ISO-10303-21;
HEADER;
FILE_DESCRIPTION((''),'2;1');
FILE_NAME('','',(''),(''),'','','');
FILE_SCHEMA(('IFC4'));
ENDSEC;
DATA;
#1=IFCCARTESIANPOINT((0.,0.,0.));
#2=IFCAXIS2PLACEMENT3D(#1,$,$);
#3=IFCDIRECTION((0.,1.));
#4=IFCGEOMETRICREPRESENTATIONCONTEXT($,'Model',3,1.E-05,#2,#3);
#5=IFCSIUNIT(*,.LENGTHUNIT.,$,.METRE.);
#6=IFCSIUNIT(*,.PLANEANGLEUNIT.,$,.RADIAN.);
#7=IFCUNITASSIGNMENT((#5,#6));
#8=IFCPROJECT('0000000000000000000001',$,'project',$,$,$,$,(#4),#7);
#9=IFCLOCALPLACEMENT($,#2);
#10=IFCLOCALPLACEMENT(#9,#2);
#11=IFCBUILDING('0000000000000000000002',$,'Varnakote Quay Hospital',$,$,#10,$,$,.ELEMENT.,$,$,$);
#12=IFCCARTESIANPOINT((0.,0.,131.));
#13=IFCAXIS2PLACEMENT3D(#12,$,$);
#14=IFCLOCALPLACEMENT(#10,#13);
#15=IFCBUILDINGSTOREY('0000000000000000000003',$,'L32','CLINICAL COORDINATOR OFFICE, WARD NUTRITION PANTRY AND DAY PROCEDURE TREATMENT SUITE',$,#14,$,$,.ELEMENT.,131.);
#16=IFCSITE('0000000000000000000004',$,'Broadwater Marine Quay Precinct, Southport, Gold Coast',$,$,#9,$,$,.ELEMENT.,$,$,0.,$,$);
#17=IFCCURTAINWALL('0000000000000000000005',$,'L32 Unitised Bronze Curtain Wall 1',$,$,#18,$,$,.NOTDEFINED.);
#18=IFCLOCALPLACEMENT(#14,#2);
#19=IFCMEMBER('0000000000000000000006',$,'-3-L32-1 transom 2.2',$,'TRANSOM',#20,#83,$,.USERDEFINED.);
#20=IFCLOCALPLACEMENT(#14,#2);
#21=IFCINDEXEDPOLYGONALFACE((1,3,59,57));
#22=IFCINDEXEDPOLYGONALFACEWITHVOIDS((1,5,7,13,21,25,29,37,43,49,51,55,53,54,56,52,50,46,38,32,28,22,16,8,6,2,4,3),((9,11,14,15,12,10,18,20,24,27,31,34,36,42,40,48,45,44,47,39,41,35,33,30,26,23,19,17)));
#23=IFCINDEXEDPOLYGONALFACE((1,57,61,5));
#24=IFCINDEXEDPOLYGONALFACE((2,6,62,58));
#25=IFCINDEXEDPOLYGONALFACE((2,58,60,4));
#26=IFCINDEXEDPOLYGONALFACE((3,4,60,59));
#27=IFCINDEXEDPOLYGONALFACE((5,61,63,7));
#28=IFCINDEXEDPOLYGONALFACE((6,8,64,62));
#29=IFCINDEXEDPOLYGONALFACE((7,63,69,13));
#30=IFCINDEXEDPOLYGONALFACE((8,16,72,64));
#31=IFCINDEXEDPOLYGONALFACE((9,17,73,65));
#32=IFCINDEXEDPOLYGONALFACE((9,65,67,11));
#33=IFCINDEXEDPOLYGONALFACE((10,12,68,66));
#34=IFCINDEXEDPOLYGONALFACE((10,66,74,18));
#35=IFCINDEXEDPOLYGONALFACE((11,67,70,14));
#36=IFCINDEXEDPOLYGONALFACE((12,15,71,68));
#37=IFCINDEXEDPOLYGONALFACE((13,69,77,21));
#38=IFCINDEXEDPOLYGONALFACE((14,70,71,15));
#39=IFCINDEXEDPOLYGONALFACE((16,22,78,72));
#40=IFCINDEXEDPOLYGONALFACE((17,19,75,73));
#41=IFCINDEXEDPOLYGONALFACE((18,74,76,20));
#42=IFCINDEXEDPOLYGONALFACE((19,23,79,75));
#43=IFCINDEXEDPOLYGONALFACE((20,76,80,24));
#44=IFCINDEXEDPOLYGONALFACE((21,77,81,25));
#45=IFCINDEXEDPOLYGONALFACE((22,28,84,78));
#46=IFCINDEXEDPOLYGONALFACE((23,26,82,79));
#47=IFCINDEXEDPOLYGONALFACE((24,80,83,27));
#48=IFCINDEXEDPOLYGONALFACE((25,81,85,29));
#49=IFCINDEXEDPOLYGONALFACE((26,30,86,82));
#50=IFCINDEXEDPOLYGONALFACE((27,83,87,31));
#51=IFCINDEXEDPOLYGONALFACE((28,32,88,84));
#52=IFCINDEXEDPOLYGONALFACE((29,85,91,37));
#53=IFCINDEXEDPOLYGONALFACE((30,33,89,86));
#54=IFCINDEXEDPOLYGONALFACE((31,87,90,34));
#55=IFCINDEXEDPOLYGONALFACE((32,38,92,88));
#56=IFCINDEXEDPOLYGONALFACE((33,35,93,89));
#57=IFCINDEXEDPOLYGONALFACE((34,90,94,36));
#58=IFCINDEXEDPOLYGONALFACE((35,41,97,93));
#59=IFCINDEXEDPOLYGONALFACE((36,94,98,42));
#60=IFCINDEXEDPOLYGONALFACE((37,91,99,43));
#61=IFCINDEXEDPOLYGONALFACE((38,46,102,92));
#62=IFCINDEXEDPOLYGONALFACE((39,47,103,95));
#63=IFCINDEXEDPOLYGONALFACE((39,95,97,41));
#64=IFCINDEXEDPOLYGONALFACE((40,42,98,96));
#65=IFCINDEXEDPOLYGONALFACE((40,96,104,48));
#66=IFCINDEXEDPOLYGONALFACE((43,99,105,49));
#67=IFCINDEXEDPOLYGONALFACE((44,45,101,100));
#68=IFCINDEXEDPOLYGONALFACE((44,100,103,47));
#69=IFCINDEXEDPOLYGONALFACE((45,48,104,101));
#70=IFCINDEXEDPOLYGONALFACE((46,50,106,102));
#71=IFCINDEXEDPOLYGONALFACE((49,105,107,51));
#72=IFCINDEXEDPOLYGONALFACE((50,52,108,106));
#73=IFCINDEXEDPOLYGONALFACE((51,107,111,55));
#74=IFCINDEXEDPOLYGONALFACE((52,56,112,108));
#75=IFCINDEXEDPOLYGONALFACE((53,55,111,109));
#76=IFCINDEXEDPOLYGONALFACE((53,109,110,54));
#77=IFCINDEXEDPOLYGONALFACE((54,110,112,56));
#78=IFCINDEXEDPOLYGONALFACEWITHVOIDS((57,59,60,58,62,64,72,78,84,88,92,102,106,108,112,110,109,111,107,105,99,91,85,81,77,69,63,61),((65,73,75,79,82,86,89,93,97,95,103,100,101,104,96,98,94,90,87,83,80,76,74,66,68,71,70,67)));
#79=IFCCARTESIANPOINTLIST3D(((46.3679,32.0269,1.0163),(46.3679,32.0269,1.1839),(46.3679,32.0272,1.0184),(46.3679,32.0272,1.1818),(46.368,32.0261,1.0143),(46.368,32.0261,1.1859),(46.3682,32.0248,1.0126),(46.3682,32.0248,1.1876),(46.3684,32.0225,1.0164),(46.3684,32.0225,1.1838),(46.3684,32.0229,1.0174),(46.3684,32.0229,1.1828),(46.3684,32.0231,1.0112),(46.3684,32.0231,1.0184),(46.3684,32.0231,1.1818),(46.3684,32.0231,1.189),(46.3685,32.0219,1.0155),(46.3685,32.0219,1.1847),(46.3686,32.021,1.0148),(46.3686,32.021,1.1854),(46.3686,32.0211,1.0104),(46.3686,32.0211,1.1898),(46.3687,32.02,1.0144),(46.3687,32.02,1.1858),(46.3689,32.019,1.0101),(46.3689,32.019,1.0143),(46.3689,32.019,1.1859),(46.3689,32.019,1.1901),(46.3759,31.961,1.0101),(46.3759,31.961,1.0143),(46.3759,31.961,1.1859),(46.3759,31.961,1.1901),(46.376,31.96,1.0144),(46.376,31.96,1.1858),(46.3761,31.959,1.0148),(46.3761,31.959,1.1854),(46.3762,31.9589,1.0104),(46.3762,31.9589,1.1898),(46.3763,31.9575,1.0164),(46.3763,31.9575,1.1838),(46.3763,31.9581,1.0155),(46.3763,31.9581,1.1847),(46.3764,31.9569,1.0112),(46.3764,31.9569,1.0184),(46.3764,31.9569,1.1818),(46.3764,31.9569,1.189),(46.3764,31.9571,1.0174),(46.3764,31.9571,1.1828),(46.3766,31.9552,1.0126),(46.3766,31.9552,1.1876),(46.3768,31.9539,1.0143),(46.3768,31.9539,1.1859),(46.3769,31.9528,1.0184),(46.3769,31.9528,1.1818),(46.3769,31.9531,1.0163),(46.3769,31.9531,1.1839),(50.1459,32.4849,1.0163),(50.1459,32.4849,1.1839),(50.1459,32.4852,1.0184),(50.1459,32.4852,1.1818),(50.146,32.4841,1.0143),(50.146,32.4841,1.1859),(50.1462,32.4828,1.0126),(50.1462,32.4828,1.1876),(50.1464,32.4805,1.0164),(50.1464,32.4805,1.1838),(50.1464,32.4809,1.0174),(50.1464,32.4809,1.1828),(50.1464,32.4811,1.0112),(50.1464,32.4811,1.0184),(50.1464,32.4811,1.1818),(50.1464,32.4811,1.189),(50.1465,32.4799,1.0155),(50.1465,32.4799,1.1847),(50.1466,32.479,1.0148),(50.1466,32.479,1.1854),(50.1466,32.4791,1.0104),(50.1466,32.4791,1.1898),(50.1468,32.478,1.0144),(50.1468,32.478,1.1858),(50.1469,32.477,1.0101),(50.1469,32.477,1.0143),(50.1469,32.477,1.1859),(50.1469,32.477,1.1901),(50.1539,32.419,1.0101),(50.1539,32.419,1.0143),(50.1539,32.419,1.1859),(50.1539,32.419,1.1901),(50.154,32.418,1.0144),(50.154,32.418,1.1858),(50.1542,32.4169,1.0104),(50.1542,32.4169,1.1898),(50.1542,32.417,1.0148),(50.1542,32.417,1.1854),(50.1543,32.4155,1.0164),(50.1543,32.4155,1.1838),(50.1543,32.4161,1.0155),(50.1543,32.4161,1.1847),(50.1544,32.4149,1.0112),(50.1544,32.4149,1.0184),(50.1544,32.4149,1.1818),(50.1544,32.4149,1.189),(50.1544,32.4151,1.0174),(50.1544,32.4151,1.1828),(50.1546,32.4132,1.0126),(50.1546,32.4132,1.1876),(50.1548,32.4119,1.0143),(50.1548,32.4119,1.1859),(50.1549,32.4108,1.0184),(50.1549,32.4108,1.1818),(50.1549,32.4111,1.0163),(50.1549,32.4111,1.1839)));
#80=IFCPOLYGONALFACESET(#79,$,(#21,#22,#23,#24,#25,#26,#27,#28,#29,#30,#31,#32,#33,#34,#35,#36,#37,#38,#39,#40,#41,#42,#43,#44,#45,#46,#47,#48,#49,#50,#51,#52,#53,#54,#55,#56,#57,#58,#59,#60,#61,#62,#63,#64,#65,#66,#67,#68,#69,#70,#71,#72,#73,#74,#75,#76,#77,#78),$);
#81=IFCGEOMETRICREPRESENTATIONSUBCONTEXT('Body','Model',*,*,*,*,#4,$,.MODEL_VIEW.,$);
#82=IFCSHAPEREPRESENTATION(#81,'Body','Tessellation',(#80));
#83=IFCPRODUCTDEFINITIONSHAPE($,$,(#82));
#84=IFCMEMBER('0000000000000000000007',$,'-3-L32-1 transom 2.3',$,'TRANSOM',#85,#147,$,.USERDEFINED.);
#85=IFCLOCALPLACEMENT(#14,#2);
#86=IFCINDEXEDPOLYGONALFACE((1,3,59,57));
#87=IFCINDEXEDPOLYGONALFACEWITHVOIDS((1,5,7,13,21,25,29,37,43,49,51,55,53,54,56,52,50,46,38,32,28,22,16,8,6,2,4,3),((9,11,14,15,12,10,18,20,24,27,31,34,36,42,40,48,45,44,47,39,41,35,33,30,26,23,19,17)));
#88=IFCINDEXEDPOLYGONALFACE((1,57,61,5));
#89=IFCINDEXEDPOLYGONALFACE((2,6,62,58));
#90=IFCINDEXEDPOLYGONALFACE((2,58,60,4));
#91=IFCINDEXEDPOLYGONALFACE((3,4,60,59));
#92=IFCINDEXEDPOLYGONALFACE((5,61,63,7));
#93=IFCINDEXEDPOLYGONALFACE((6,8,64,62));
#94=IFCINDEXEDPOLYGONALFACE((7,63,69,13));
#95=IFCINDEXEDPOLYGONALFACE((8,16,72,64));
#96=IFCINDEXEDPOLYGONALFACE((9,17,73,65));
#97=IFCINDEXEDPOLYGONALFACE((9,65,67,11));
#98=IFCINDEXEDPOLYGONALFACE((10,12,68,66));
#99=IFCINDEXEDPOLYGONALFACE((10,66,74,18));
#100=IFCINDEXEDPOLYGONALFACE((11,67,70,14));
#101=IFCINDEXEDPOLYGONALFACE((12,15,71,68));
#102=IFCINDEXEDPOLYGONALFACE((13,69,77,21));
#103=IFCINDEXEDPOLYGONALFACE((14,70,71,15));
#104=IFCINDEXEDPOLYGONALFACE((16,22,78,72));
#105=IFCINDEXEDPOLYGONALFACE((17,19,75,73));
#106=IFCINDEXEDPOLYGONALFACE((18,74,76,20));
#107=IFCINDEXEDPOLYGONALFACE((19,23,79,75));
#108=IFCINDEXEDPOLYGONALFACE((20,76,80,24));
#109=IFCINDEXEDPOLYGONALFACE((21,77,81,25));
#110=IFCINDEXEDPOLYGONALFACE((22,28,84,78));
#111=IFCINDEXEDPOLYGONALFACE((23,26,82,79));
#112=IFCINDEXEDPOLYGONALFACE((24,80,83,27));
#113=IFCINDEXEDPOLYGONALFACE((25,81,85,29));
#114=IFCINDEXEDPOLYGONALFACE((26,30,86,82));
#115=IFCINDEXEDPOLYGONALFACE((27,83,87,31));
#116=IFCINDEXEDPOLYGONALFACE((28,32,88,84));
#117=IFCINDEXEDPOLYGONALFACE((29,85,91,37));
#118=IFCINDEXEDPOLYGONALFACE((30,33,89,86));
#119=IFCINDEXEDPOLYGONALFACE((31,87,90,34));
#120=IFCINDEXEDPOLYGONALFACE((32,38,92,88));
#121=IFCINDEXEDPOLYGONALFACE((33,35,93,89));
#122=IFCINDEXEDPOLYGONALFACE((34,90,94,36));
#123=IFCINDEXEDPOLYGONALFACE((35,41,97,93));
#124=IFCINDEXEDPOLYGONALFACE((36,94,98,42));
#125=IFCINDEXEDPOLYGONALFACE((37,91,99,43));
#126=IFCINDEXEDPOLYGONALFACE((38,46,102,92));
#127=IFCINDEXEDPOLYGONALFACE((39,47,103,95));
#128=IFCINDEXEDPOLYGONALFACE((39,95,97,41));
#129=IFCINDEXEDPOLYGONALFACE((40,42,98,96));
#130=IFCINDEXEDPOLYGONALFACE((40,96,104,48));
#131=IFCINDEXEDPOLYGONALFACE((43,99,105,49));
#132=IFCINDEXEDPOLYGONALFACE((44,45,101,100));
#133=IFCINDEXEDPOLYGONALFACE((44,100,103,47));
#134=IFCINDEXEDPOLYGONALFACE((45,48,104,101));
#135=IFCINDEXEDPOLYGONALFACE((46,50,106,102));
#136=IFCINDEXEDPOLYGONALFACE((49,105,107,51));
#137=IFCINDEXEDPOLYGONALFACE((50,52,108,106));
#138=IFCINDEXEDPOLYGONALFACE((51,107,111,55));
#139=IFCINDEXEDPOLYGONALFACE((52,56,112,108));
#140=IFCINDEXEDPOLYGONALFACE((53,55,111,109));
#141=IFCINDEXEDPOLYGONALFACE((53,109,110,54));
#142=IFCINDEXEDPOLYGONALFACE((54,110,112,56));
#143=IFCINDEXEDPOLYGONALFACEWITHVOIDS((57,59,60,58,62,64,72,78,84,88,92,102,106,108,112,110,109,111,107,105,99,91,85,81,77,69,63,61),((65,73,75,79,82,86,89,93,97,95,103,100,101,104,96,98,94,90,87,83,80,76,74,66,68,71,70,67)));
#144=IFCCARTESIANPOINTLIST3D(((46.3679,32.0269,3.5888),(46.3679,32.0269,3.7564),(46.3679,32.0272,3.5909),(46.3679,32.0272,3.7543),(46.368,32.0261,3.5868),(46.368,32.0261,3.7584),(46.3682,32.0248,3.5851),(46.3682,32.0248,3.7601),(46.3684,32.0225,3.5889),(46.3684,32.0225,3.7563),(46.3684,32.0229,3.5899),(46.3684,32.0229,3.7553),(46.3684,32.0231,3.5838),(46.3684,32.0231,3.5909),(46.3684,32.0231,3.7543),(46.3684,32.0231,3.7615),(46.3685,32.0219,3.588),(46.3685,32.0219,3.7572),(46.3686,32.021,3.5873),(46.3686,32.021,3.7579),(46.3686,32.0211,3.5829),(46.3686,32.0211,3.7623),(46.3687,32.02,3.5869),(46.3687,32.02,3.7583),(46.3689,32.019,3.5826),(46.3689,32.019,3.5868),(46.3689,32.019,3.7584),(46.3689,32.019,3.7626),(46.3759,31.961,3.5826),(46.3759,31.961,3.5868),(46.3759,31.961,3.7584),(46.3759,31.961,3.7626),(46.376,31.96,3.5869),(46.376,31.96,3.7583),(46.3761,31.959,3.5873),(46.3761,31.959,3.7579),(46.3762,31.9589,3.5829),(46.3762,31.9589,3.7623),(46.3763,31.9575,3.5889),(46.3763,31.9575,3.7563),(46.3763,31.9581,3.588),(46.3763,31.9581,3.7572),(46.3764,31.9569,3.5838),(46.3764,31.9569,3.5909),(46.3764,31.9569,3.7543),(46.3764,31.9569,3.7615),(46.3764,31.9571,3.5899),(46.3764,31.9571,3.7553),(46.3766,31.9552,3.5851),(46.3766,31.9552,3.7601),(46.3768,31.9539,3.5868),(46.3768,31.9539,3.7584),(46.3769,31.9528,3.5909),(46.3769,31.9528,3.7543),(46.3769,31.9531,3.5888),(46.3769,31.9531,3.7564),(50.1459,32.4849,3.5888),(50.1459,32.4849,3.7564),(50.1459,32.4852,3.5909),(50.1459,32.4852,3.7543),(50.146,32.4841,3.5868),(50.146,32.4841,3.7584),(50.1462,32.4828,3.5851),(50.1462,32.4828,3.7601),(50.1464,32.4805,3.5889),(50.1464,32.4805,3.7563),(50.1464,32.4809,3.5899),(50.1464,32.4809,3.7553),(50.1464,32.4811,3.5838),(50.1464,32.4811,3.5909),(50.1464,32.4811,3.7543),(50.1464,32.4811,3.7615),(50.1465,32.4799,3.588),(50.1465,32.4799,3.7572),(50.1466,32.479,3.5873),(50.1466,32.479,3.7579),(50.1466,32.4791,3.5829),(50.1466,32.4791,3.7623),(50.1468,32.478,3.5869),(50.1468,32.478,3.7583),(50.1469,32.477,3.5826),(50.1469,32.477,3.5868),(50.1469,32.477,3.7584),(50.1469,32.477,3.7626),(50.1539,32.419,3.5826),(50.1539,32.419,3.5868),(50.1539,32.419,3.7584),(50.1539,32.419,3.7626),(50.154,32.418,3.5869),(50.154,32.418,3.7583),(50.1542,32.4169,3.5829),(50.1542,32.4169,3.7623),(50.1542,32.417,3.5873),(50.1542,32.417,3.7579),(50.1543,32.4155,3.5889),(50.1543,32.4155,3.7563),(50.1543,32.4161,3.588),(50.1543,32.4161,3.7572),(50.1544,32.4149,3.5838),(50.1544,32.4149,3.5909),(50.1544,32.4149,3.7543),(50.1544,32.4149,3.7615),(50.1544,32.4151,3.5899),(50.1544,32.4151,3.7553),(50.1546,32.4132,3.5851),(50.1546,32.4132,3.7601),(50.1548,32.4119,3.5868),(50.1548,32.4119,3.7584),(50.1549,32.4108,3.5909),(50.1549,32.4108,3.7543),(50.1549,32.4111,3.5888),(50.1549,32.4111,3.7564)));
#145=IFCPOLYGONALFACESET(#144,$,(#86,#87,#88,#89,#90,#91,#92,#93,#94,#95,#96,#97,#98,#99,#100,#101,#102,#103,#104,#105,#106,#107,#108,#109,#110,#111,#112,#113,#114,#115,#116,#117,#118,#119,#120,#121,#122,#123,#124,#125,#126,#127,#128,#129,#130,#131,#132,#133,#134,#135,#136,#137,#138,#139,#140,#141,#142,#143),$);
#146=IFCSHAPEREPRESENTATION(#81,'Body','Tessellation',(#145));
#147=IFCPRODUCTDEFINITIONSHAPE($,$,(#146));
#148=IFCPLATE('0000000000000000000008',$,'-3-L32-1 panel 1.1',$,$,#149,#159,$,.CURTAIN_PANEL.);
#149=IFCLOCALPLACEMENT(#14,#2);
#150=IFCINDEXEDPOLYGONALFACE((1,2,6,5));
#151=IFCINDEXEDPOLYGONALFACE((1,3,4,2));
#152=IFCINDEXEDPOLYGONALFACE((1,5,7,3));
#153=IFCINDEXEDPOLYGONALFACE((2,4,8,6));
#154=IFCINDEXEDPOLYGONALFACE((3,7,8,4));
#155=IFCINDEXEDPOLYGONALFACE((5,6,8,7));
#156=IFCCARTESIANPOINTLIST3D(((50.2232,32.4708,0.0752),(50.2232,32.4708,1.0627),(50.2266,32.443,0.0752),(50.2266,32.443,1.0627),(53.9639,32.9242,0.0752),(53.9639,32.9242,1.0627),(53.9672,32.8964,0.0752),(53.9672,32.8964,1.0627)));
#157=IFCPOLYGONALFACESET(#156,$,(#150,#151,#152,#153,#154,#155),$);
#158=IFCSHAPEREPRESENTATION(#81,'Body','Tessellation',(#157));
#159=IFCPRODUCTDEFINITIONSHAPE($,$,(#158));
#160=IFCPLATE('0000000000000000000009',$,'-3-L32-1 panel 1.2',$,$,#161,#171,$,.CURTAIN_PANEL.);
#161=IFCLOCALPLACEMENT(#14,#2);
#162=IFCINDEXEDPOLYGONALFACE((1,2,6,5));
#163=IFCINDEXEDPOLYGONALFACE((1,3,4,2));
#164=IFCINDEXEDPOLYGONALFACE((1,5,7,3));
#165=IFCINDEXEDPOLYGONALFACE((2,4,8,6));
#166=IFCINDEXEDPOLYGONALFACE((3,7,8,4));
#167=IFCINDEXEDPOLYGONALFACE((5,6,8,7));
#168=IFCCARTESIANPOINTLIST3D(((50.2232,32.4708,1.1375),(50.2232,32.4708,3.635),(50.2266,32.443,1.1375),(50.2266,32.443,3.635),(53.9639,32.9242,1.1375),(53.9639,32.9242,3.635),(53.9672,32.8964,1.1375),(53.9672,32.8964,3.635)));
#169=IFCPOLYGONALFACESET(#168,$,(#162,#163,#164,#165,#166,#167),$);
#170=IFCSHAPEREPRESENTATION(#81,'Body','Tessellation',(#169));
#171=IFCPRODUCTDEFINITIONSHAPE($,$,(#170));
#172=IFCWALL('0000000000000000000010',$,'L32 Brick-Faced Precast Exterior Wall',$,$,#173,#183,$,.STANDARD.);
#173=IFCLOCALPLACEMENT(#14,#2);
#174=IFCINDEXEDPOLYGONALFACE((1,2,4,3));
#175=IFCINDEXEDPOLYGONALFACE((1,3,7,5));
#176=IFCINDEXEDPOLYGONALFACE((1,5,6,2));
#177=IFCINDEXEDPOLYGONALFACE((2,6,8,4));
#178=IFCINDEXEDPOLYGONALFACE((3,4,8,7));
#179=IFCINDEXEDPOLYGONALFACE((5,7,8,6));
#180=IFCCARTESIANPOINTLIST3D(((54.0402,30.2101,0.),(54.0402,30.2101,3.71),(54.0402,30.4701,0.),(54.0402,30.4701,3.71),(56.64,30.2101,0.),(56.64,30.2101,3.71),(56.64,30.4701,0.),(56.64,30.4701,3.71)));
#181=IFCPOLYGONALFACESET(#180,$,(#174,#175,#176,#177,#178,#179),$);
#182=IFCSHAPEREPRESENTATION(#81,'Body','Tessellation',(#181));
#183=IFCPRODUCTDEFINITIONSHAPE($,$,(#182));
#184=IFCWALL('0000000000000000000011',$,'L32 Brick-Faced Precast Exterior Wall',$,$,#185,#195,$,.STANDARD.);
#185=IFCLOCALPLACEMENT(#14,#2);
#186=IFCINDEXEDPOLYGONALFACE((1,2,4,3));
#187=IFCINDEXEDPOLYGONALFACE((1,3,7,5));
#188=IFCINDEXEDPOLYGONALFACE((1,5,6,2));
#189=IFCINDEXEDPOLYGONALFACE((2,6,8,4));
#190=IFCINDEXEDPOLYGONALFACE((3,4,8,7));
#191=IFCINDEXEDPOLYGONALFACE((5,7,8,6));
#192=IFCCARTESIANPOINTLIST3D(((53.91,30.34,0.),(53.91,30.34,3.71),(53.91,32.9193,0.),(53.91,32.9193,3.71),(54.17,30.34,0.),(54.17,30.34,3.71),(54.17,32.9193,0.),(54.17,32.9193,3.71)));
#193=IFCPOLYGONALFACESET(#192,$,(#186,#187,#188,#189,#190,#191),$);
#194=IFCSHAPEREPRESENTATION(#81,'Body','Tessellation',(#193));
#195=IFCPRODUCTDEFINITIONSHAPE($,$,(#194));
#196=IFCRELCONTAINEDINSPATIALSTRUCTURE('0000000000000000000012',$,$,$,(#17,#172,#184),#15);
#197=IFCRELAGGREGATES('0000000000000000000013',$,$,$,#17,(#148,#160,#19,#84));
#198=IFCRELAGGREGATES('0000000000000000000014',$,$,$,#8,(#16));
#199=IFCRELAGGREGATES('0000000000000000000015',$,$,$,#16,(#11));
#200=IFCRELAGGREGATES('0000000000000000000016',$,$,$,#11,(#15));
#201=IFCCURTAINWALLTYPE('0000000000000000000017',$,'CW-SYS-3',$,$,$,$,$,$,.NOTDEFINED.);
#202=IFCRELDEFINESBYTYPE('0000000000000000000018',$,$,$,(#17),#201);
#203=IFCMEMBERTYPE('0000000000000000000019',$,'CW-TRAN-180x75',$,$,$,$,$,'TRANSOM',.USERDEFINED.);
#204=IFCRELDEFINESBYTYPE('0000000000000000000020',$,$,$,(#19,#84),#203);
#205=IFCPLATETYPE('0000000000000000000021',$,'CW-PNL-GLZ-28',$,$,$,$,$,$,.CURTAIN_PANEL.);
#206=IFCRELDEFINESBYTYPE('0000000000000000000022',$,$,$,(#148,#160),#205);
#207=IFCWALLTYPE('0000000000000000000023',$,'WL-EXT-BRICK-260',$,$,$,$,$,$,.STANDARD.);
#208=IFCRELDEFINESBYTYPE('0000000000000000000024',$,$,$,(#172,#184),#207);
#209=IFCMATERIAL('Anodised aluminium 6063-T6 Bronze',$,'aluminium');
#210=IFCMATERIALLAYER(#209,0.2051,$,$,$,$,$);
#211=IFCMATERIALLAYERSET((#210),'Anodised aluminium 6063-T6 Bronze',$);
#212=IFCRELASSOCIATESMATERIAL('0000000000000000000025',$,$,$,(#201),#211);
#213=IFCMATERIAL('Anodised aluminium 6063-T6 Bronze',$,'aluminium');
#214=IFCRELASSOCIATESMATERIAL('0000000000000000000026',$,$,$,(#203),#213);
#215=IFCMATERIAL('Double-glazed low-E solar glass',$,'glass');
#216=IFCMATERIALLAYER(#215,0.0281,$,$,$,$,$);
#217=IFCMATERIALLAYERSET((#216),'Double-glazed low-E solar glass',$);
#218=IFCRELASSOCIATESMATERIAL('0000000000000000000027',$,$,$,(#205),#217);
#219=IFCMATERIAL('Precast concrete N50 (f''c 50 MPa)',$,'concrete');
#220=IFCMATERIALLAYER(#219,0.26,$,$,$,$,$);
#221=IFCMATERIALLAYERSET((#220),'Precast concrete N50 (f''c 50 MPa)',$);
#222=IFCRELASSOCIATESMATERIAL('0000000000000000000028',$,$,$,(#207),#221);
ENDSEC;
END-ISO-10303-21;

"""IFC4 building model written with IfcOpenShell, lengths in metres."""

from ifc_helpers import new_model, si_unit, direction, frame, frame_2d, origin, origin_2d, place, context, subcontext, project, spatial, rectangle, hollow_rectangle, extrude, material, layer, layer_set, material_profile, profile_set, type_object, element, aggregate, save


model = new_model("IFC4")

# Units and contexts
model_context = context("Model", 3, precision=1e-05, world=origin(), true_north=direction((0.0, 1.0)))
body_context = subcontext(model_context, "Body", "Model", "MODEL_VIEW")
ifc_project = project(units=[si_unit("LENGTHUNIT", "METRE"), si_unit("PLANEANGLEUNIT", "RADIAN")], contexts=[model_context])

# Site, building, storey
site_placement = place(None, origin())
site = spatial("IfcSite", under=ifc_project, at=site_placement, Name="Broadwater Marine Quay Precinct, Southport, Gold Coast", CompositionType="ELEMENT", RefElevation=0.0)
building_placement = place(site_placement, origin())
building = spatial("IfcBuilding", under=site, at=building_placement, Name="Varnakote Quay Hospital", CompositionType="ELEMENT")
storey_placement = place(building_placement, frame((0.0, 0.0, 131.0)))
storey = spatial("IfcBuildingStorey", under=building, at=storey_placement, Name="L32", Description="CLINICAL COORDINATOR OFFICE, WARD NUTRITION PANTRY AND DAY PROCEDURE TREATMENT SUITE", CompositionType="ELEMENT", Elevation=131.0)

# Curtain wall, members, plates
ifc_material_1 = material(Name="Anodised aluminium 6063-T6 Bronze", Category="aluminium")
ifc_layer_1 = layer(ifc_material_1, 0.2051)
ifc_layer_set_1 = layer_set([ifc_layer_1], Name="Anodised aluminium 6063-T6 Bronze")
curtain_wall_type = type_object("IfcCurtainWallType", Name="CW-SYS-3", PredefinedType="NOTDEFINED", material=ifc_layer_set_1)
curtain_wall_placement = place(storey_placement, origin())
curtain_wall = element("IfcCurtainWall", 1, at=curtain_wall_placement, inside=storey, type_object=curtain_wall_type, Name="L32 Unitised Bronze Curtain Wall 1", PredefinedType="NOTDEFINED")
ifc_material_2 = material(Name="Anodised aluminium 6063-T6 Bronze", Category="aluminium")
ifc_material_profile_1 = material_profile(ifc_material_2, hollow_rectangle(XDim=0.075, YDim=0.1799, WallThickness=0.0042, InnerFilletRadius=0.0042, OuterFilletRadius=0.0083, at=origin_2d()), Name="CW-TRAN-180x75")
ifc_profile_set_1 = profile_set([ifc_material_profile_1], Name="Anodised aluminium 6063-T6 Bronze")
member_type_1 = type_object("IfcMemberType", Name="CW-TRAN-180x75", ElementType="TRANSOM", PredefinedType="USERDEFINED", material=ifc_profile_set_1)
member_1_placement = place(storey_placement, frame((50.1504, 32.448, 1.1001), z_axis=(-0.992732, -0.120347, 0.0), x_axis=(0.120347, -0.992732, 0.0)))
member_1 = element("IfcMember", 2, at=member_1_placement, type_object=member_type_1, Name="-3-L32-1 transom 2.2", ObjectType="TRANSOM", PredefinedType="USERDEFINED", context=body_context, shape_type="SweptSolid", body=[
    extrude(hollow_rectangle(XDim=0.075, YDim=0.1799, WallThickness=0.0042, InnerFilletRadius=0.0042, OuterFilletRadius=0.0083, at=origin_2d()), origin(), (0.0, 0.0, 1.0), 3.8057),
])
member_2_placement = place(storey_placement, frame((50.1504, 32.448, 3.6726), z_axis=(-0.992732, -0.120347, 0.0), x_axis=(0.120347, -0.992732, 0.0)))
member_2 = element("IfcMember", 3, at=member_2_placement, type_object=member_type_1, Name="-3-L32-1 transom 2.3", ObjectType="TRANSOM", PredefinedType="USERDEFINED", context=body_context, shape_type="SweptSolid", body=[
    extrude(hollow_rectangle(XDim=0.075, YDim=0.1799, WallThickness=0.0042, InnerFilletRadius=0.0042, OuterFilletRadius=0.0083, at=origin_2d()), origin(), (0.0, 0.0, 1.0), 3.8057),
])
ifc_material_3 = material(Name="Double-glazed low-E solar glass", Category="glass")
ifc_layer_2 = layer(ifc_material_3, 0.0281)
ifc_layer_set_2 = layer_set([ifc_layer_2], Name="Double-glazed low-E solar glass")
plate_type = type_object("IfcPlateType", Name="CW-PNL-GLZ-28", PredefinedType="CURTAIN_PANEL", material=ifc_layer_set_2)
plate_1_placement = place(storey_placement, frame((52.0952, 32.6836, 0.0752), z_axis=(0.0, 0.0, 1.0), x_axis=(-0.992734, -0.120327, 0.0)))
plate_1 = element("IfcPlate", 4, at=plate_1_placement, type_object=plate_type, Name="-3-L32-1 panel 1.1", PredefinedType="CURTAIN_PANEL", context=body_context, shape_type="SweptSolid", body=[
    extrude(rectangle(XDim=3.7681, YDim=0.0281, at=origin_2d()), origin(), (0.0, 0.0, 1.0), 0.9875),
])
plate_2_placement = place(storey_placement, frame((52.0952, 32.6836, 1.1375), z_axis=(0.0, 0.0, 1.0), x_axis=(-0.992734, -0.120327, 0.0)))
plate_2 = element("IfcPlate", 5, at=plate_2_placement, type_object=plate_type, Name="-3-L32-1 panel 1.2", PredefinedType="CURTAIN_PANEL", context=body_context, shape_type="SweptSolid", body=[
    extrude(rectangle(XDim=3.7681, YDim=0.0281, at=origin_2d()), origin(), (0.0, 0.0, 1.0), 2.4976),
])
aggregate(curtain_wall, [plate_1, plate_2, member_1, member_2])

# Walls
ifc_material_4 = material(Name="Precast concrete N50 (f'c 50 MPa)", Category="concrete")
ifc_layer_3 = layer(ifc_material_4, 0.26)
ifc_layer_set_3 = layer_set([ifc_layer_3], Name="Precast concrete N50 (f'c 50 MPa)")
wall_type_1 = type_object("IfcWallType", Name="WL-EXT-BRICK-260", PredefinedType="STANDARD", material=ifc_layer_set_3)
wall_1_placement = place(storey_placement, frame((56.6399, 30.3401, 0.0), z_axis=(0.0, 0.0, 1.0), x_axis=(-1.0, 0.0, 0.0)))
element("IfcWall", 6, at=wall_1_placement, inside=storey, type_object=wall_type_1, Name="L32 Brick-Faced Precast Exterior Wall", PredefinedType="STANDARD", context=body_context, shape_type="SweptSolid", body=[
    extrude(rectangle(XDim=2.5999, YDim=0.26, at=frame_2d((1.2998, 0.0))), origin(), (0.0, 0.0, 1.0), 3.71),
])
wall_2_placement = place(storey_placement, frame((54.04, 30.3401, 0.0), z_axis=(0.0, 0.0, 1.0), x_axis=(0.0, 1.0, 0.0)))
element("IfcWall", 7, at=wall_2_placement, inside=storey, type_object=wall_type_1, Name="L32 Brick-Faced Precast Exterior Wall", PredefinedType="STANDARD", context=body_context, shape_type="SweptSolid", body=[
    extrude(rectangle(XDim=2.5793, YDim=0.26, at=frame_2d((1.2896, 0.0))), origin(), (0.0, 0.0, 1.0), 3.71),
])

save(model, "model.ifc")
